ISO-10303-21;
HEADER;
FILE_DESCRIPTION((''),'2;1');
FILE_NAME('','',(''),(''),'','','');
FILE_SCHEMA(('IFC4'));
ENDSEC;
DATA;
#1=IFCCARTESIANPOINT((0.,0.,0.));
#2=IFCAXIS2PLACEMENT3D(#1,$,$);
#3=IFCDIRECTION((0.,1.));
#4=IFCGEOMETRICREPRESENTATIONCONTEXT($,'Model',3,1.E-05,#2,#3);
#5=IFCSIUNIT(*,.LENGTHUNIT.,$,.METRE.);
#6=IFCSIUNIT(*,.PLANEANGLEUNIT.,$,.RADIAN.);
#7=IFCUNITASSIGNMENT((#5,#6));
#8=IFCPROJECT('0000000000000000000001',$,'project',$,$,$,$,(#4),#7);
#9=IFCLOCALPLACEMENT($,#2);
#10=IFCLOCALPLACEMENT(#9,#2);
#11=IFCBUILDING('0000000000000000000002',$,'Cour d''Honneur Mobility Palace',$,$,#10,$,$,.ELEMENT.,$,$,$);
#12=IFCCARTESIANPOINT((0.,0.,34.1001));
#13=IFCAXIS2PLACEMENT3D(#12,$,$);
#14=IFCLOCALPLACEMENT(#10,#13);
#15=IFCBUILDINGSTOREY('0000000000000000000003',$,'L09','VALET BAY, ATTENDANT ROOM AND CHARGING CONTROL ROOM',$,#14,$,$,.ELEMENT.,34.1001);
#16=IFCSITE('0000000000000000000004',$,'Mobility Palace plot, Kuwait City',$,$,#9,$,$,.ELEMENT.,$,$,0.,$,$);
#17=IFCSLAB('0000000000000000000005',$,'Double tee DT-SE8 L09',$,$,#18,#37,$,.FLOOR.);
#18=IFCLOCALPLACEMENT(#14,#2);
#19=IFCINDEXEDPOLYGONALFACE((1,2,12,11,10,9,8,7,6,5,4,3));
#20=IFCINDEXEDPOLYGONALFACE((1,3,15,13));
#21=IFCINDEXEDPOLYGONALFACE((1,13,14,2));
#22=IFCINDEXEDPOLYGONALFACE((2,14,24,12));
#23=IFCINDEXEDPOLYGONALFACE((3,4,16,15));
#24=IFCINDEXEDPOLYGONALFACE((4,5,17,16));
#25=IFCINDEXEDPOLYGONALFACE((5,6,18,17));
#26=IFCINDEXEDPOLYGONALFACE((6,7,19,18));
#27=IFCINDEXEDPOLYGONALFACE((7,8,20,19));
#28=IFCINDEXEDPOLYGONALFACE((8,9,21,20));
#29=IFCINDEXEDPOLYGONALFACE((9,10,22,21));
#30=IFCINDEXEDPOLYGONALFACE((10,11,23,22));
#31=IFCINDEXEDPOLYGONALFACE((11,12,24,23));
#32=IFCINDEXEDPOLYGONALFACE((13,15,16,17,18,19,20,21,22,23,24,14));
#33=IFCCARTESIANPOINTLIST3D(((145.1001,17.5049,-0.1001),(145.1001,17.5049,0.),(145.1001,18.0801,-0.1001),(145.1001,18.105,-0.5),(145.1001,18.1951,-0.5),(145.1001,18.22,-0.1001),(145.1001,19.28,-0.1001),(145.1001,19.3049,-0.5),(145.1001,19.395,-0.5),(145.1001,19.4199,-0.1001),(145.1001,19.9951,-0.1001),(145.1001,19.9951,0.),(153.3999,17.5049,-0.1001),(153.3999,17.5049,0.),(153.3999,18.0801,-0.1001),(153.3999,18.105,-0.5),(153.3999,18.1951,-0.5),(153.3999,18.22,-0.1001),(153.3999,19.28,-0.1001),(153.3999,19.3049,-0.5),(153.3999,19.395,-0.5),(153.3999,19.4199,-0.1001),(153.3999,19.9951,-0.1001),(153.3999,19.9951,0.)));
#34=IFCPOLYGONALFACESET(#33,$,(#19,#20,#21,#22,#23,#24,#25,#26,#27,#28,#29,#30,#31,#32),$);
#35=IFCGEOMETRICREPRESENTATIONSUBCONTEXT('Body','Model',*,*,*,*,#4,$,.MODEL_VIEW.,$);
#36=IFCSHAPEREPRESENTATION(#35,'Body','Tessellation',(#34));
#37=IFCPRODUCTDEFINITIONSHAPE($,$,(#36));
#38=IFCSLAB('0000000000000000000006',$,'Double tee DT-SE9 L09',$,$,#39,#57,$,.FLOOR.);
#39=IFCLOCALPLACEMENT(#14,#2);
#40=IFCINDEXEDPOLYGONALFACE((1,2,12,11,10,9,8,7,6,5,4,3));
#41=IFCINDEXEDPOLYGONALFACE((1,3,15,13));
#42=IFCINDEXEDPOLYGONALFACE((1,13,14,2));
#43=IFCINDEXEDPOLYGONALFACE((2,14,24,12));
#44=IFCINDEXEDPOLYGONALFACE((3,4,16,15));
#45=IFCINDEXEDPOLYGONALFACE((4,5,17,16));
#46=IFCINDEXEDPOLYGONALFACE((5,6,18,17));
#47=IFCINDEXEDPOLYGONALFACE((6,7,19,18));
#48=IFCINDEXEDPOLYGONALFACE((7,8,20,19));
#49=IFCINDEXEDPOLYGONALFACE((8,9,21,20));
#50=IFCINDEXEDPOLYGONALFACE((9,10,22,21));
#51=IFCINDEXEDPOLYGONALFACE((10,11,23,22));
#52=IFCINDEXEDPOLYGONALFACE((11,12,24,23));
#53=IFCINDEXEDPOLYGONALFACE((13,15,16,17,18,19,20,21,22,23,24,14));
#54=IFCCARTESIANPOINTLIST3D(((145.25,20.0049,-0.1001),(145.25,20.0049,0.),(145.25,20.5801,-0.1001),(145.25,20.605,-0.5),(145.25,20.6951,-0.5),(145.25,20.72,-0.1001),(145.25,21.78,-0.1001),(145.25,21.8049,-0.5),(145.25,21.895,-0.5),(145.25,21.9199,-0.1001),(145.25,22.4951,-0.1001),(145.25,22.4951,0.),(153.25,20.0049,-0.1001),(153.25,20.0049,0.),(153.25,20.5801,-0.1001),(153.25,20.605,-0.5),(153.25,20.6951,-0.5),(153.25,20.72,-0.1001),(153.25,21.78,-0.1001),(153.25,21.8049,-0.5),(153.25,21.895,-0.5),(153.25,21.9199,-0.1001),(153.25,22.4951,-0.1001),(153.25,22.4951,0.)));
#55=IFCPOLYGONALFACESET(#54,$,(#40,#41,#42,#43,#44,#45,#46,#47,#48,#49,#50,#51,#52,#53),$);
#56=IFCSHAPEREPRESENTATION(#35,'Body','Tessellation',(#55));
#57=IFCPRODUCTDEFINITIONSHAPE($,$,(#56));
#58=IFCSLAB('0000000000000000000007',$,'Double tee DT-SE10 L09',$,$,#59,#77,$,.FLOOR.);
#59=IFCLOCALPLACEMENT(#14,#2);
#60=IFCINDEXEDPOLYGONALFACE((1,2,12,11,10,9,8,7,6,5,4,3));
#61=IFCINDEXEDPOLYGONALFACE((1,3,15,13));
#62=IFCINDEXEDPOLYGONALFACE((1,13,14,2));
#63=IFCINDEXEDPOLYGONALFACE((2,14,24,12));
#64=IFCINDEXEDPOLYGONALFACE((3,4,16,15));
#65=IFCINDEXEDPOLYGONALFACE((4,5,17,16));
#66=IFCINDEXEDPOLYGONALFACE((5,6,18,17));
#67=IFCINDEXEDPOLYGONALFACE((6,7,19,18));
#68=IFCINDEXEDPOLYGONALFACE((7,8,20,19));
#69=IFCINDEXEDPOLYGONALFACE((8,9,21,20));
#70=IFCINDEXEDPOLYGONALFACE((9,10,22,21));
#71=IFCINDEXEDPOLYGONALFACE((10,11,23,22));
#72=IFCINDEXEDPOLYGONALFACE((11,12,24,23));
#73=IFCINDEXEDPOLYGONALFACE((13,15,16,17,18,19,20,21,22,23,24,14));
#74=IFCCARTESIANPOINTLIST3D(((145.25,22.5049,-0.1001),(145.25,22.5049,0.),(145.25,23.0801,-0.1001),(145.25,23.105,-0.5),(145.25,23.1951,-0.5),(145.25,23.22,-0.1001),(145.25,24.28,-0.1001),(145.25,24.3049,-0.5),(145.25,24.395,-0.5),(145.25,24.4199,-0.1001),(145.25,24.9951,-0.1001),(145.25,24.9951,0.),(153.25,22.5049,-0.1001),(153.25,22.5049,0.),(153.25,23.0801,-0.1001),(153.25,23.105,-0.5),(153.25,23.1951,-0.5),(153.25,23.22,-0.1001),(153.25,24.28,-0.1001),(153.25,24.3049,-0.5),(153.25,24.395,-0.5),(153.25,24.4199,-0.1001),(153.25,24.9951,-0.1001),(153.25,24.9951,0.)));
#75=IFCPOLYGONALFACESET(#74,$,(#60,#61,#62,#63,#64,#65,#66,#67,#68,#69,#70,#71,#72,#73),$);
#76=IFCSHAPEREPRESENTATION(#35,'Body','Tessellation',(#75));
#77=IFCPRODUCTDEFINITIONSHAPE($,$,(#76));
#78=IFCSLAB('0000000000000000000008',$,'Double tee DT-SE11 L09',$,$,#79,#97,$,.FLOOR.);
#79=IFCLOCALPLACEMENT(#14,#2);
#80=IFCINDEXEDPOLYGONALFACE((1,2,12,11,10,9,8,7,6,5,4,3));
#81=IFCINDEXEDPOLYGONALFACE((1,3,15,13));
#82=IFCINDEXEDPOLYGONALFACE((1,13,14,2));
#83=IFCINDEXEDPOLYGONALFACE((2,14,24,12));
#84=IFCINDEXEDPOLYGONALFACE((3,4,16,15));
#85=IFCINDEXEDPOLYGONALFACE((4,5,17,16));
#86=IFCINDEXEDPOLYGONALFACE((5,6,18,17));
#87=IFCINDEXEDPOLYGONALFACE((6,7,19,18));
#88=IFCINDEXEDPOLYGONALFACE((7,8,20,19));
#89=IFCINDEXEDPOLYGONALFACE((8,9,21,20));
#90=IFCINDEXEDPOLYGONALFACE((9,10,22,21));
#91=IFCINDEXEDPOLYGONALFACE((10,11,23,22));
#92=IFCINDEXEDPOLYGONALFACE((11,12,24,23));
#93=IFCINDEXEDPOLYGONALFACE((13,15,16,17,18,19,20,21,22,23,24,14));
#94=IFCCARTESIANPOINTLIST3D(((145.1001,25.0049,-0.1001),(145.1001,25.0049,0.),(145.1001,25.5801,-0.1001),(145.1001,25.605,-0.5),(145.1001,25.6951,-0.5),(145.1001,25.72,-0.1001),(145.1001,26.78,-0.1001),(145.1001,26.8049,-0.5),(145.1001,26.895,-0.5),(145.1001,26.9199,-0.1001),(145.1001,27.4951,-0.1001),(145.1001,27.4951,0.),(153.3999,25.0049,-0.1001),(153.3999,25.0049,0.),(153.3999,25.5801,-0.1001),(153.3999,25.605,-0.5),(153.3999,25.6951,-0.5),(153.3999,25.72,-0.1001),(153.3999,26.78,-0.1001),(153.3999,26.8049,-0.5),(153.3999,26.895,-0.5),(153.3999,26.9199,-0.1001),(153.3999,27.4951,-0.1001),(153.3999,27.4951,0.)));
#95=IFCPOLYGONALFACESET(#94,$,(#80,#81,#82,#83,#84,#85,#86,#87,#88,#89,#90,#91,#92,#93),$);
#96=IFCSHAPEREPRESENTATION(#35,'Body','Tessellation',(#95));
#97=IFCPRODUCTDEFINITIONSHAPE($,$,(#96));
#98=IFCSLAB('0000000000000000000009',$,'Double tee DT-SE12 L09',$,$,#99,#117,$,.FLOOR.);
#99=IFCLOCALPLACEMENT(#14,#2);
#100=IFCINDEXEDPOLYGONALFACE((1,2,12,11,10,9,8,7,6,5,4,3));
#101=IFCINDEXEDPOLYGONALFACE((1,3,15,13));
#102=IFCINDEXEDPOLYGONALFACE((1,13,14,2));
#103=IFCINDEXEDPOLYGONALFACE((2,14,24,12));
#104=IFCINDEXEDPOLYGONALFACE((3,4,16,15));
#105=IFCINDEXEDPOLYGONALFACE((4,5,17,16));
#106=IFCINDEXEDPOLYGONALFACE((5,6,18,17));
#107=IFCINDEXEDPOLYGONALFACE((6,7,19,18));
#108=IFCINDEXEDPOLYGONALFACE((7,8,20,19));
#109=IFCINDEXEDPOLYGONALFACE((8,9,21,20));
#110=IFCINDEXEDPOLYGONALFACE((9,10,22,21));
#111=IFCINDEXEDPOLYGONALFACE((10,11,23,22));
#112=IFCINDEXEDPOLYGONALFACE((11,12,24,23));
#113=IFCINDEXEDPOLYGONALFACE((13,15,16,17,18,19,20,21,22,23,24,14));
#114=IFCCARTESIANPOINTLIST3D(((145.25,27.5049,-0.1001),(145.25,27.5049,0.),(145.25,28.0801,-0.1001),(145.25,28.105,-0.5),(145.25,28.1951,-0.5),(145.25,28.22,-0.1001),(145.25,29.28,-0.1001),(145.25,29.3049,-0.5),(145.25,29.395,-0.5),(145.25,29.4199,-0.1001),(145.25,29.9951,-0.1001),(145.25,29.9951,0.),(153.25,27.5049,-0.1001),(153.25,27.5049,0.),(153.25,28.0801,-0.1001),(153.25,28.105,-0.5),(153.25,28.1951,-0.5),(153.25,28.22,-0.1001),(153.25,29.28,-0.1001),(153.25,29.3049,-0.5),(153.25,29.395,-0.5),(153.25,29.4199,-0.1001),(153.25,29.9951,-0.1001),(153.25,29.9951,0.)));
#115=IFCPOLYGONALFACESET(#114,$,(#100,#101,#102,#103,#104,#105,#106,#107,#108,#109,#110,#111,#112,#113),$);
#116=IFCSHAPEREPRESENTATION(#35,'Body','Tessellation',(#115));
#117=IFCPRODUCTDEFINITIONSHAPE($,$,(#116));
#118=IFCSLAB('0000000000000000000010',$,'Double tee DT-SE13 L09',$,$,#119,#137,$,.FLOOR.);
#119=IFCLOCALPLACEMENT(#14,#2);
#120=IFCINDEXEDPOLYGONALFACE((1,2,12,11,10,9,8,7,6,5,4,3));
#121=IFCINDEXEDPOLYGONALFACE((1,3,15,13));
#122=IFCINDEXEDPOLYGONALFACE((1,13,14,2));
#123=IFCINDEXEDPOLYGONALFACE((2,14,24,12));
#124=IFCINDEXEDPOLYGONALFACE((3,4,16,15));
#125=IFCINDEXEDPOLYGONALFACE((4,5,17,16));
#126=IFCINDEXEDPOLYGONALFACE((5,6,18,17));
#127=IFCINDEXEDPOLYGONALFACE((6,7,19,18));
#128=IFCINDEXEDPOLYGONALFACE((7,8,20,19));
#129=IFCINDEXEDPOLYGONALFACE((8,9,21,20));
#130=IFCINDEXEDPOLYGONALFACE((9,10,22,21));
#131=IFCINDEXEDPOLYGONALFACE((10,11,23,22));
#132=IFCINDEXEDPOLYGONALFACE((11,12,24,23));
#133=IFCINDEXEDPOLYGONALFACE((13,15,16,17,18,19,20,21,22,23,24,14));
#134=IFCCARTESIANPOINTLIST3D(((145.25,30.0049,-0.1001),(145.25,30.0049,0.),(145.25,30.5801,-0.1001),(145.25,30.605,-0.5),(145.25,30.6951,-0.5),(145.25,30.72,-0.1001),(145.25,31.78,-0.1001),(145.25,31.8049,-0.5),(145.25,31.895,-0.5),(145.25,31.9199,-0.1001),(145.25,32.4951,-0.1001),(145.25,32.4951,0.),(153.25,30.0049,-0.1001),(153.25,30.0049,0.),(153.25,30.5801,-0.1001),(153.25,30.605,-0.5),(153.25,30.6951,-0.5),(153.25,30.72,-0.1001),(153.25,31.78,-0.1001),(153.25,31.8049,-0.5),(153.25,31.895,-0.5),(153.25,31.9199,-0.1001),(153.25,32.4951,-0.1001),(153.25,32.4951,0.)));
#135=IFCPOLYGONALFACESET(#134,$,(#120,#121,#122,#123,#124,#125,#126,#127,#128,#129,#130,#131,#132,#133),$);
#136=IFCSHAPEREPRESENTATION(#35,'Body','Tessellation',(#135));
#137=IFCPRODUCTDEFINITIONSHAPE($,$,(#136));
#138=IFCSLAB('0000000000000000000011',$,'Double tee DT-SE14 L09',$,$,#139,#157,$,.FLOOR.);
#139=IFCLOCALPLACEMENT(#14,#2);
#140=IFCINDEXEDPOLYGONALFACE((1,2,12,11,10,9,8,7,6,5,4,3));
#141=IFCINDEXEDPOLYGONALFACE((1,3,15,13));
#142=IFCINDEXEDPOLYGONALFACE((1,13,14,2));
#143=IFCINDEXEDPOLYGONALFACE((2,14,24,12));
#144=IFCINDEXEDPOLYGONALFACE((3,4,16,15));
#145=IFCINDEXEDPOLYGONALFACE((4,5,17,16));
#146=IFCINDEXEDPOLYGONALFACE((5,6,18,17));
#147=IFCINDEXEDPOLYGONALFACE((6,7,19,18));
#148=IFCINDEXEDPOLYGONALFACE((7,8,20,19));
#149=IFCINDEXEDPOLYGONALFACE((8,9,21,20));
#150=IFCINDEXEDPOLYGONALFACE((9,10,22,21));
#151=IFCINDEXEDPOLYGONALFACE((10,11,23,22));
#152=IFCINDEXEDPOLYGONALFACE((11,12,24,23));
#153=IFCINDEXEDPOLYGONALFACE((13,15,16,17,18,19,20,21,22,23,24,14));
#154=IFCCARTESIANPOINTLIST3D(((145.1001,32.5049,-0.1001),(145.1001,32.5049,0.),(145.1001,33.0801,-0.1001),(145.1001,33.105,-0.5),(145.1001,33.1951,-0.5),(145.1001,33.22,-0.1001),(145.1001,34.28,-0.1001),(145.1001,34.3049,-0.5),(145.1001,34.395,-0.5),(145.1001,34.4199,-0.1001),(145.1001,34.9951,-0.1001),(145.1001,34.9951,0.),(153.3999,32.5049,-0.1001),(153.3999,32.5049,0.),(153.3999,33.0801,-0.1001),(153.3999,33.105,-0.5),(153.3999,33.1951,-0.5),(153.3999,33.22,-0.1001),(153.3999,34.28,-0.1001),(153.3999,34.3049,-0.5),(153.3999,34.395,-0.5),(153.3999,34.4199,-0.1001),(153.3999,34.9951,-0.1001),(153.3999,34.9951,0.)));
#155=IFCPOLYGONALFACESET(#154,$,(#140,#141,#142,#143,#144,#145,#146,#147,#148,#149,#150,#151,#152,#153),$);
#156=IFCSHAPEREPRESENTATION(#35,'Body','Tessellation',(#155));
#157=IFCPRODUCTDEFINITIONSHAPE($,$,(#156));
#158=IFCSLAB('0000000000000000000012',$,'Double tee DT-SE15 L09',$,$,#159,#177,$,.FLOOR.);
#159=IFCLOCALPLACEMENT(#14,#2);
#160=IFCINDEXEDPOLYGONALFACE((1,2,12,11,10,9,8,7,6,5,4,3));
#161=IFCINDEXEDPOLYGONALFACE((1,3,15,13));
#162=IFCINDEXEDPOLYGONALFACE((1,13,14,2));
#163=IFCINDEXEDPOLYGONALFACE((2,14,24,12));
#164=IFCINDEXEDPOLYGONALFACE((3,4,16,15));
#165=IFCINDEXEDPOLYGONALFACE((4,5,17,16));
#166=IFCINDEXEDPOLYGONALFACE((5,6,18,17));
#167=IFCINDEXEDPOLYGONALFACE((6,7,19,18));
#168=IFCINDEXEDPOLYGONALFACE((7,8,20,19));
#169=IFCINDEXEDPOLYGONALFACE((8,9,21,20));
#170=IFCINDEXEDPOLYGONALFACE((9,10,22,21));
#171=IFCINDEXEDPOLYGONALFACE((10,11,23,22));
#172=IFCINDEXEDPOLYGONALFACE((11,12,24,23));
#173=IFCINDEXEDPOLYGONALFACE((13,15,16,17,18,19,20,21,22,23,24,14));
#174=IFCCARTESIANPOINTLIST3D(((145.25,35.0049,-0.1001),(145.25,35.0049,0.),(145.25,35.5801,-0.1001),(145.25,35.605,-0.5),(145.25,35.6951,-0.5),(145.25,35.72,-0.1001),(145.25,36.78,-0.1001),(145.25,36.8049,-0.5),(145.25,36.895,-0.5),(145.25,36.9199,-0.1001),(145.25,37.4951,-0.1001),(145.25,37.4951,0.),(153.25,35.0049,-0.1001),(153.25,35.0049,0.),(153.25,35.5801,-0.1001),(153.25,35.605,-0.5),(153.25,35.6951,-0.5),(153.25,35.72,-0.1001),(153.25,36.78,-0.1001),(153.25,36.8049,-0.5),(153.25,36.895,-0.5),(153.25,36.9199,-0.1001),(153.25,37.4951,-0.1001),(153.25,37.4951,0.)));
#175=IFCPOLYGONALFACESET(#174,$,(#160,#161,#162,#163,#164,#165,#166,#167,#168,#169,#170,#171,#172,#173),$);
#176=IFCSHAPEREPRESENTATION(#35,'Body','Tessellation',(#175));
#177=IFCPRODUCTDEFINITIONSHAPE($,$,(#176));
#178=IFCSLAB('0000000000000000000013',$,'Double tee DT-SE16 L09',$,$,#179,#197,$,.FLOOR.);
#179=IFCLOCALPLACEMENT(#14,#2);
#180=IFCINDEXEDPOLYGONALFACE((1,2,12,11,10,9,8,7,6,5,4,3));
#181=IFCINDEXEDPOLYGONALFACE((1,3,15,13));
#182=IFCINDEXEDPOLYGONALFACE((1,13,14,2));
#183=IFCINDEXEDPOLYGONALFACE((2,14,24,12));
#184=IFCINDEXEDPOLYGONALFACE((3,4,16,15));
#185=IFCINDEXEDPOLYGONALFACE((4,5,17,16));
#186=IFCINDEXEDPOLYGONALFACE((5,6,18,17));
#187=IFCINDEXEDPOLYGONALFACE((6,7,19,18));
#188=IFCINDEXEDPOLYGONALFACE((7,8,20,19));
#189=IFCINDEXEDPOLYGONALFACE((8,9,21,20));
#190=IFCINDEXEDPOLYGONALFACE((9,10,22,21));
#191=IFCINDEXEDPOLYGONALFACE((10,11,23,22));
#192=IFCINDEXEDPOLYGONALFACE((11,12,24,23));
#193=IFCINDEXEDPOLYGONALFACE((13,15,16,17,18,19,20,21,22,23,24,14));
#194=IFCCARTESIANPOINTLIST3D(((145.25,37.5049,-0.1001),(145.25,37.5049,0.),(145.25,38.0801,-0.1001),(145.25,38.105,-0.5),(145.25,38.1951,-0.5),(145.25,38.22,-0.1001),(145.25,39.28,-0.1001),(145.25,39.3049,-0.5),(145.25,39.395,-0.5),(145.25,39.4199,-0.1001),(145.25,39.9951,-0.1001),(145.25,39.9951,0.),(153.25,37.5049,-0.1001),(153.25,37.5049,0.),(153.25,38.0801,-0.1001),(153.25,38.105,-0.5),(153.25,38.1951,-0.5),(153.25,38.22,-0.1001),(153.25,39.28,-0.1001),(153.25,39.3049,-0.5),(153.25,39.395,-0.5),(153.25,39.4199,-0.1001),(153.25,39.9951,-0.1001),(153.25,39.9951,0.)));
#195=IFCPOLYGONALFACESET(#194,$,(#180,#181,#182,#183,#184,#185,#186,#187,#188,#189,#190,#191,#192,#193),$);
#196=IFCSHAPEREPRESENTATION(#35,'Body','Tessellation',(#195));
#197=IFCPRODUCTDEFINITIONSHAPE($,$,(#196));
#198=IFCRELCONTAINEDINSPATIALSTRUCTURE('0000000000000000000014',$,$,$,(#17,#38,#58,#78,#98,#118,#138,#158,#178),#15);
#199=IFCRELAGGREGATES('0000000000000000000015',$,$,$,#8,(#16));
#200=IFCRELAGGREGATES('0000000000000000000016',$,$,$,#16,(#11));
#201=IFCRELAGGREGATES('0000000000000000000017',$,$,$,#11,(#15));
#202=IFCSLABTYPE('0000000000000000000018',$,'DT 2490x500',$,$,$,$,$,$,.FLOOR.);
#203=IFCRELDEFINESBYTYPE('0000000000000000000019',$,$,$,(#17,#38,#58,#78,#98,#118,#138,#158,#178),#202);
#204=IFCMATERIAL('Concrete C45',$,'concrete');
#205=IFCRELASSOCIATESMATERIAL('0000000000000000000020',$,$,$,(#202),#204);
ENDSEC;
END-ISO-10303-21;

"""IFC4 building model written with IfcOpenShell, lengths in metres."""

from ifc_helpers import new_model, si_unit, direction, frame, origin, place, context, subcontext, project, spatial, polyline, outline, extrude, material, material_profile, profile_set, type_object, element, save


model = new_model("IFC4")

# Units and contexts
model_context = context("Model", 3, precision=1e-05, world=origin(), true_north=direction((0.0, 1.0)))
body_context = subcontext(model_context, "Body", "Model", "MODEL_VIEW")
ifc_project = project(units=[si_unit("LENGTHUNIT", "METRE"), si_unit("PLANEANGLEUNIT", "RADIAN")], contexts=[model_context])

# Site, building, storey
site_placement = place(None, origin())
site = spatial("IfcSite", under=ifc_project, at=site_placement, Name="Mobility Palace plot, Kuwait City", CompositionType="ELEMENT", RefElevation=0.0)
building_placement = place(site_placement, origin())
building = spatial("IfcBuilding", under=site, at=building_placement, Name="Cour d'Honneur Mobility Palace", CompositionType="ELEMENT")
storey_placement = place(building_placement, frame((0.0, 0.0, 34.1001)))
storey = spatial("IfcBuildingStorey", under=building, at=storey_placement, Name="L09", Description="VALET BAY, ATTENDANT ROOM AND CHARGING CONTROL ROOM", CompositionType="ELEMENT", Elevation=34.1001)

# Slabs
ifc_material_1 = material(Name="Concrete C45", Category="concrete")
ifc_material_profile_1 = material_profile(ifc_material_1, outline(polyline([(-1.2451, 0.0), (1.2451, 0.0), (1.2451, -0.1001), (0.6699, -0.1001), (0.645, -0.5), (0.5549, -0.5), (0.53, -0.1001), (-0.53, -0.1001), (-0.5549, -0.5), (-0.645, -0.5), (-0.6699, -0.1001), (-1.2451, -0.1001), (-1.2451, 0.0)])), Name="DT 2490x500")
ifc_profile_set_1 = profile_set([ifc_material_profile_1], Name="Concrete C45")
slab_type_1 = type_object("IfcSlabType", Name="DT 2490x500", PredefinedType="FLOOR", material=ifc_profile_set_1)
slab_1_placement = place(storey_placement, frame((145.1001, 18.75, 0.0), z_axis=(1.0, 0.0, 0.0), x_axis=(0.0, 1.0, 0.0)))
element("IfcSlab", 1, at=slab_1_placement, inside=storey, type_object=slab_type_1, Name="Double tee DT-SE8 L09", PredefinedType="FLOOR", context=body_context, shape_type="SweptSolid", body=[
    extrude(outline(polyline([(-1.2451, 0.0), (1.2451, 0.0), (1.2451, -0.1001), (0.6699, -0.1001), (0.645, -0.5), (0.5549, -0.5), (0.53, -0.1001), (-0.53, -0.1001), (-0.5549, -0.5), (-0.645, -0.5), (-0.6699, -0.1001), (-1.2451, -0.1001), (-1.2451, 0.0)])), origin(), (0.0, 0.0, 1.0), 8.2998),
])
for number, where, z_axis, x_axis, name in (
    (2, (145.25, 21.25, 0.0), (1.0, 0.0, 0.0), (0.0, 1.0, 0.0), "Double tee DT-SE9 L09"),
    (3, (145.25, 23.75, 0.0), (1.0, 0.0, 0.0), (0.0, 1.0, 0.0), "Double tee DT-SE10 L09"),
):
    element("IfcSlab", number, at=place(storey_placement, frame(where, z_axis=z_axis, x_axis=x_axis)), inside=storey, type_object=slab_type_1, Name=name, PredefinedType="FLOOR", context=body_context, shape_type="SweptSolid", body=[
        extrude(outline(polyline([(-1.2451, 0.0), (1.2451, 0.0), (1.2451, -0.1001), (0.6699, -0.1001), (0.645, -0.5), (0.5549, -0.5), (0.53, -0.1001), (-0.53, -0.1001), (-0.5549, -0.5), (-0.645, -0.5), (-0.6699, -0.1001), (-1.2451, -0.1001), (-1.2451, 0.0)])), origin(), (0.0, 0.0, 1.0), 8.0),
    ])
slab_2_placement = place(storey_placement, frame((145.1001, 26.25, 0.0), z_axis=(1.0, 0.0, 0.0), x_axis=(0.0, 1.0, 0.0)))
element("IfcSlab", 4, at=slab_2_placement, inside=storey, type_object=slab_type_1, Name="Double tee DT-SE11 L09", PredefinedType="FLOOR", context=body_context, shape_type="SweptSolid", body=[
    extrude(outline(polyline([(-1.2451, 0.0), (1.2451, 0.0), (1.2451, -0.1001), (0.6699, -0.1001), (0.645, -0.5), (0.5549, -0.5), (0.53, -0.1001), (-0.53, -0.1001), (-0.5549, -0.5), (-0.645, -0.5), (-0.6699, -0.1001), (-1.2451, -0.1001), (-1.2451, 0.0)])), origin(), (0.0, 0.0, 1.0), 8.2998),
])
for number, where, z_axis, x_axis, name in (
    (5, (145.25, 28.75, 0.0), (1.0, 0.0, 0.0), (0.0, 1.0, 0.0), "Double tee DT-SE12 L09"),
    (6, (145.25, 31.25, 0.0), (1.0, 0.0, 0.0), (0.0, 1.0, 0.0), "Double tee DT-SE13 L09"),
):
    element("IfcSlab", number, at=place(storey_placement, frame(where, z_axis=z_axis, x_axis=x_axis)), inside=storey, type_object=slab_type_1, Name=name, PredefinedType="FLOOR", context=body_context, shape_type="SweptSolid", body=[
        extrude(outline(polyline([(-1.2451, 0.0), (1.2451, 0.0), (1.2451, -0.1001), (0.6699, -0.1001), (0.645, -0.5), (0.5549, -0.5), (0.53, -0.1001), (-0.53, -0.1001), (-0.5549, -0.5), (-0.645, -0.5), (-0.6699, -0.1001), (-1.2451, -0.1001), (-1.2451, 0.0)])), origin(), (0.0, 0.0, 1.0), 8.0),
    ])
slab_3_placement = place(storey_placement, frame((145.1001, 33.75, 0.0), z_axis=(1.0, 0.0, 0.0), x_axis=(0.0, 1.0, 0.0)))
element("IfcSlab", 7, at=slab_3_placement, inside=storey, type_object=slab_type_1, Name="Double tee DT-SE14 L09", PredefinedType="FLOOR", context=body_context, shape_type="SweptSolid", body=[
    extrude(outline(polyline([(-1.2451, 0.0), (1.2451, 0.0), (1.2451, -0.1001), (0.6699, -0.1001), (0.645, -0.5), (0.5549, -0.5), (0.53, -0.1001), (-0.53, -0.1001), (-0.5549, -0.5), (-0.645, -0.5), (-0.6699, -0.1001), (-1.2451, -0.1001), (-1.2451, 0.0)])), origin(), (0.0, 0.0, 1.0), 8.2998),
])
for number, where, z_axis, x_axis, name in (
    (8, (145.25, 36.25, 0.0), (1.0, 0.0, 0.0), (0.0, 1.0, 0.0), "Double tee DT-SE15 L09"),
    (9, (145.25, 38.75, 0.0), (1.0, 0.0, 0.0), (0.0, 1.0, 0.0), "Double tee DT-SE16 L09"),
):
    element("IfcSlab", number, at=place(storey_placement, frame(where, z_axis=z_axis, x_axis=x_axis)), inside=storey, type_object=slab_type_1, Name=name, PredefinedType="FLOOR", context=body_context, shape_type="SweptSolid", body=[
        extrude(outline(polyline([(-1.2451, 0.0), (1.2451, 0.0), (1.2451, -0.1001), (0.6699, -0.1001), (0.645, -0.5), (0.5549, -0.5), (0.53, -0.1001), (-0.53, -0.1001), (-0.5549, -0.5), (-0.645, -0.5), (-0.6699, -0.1001), (-1.2451, -0.1001), (-1.2451, 0.0)])), origin(), (0.0, 0.0, 1.0), 8.0),
    ])

save(model, "model.ifc")
